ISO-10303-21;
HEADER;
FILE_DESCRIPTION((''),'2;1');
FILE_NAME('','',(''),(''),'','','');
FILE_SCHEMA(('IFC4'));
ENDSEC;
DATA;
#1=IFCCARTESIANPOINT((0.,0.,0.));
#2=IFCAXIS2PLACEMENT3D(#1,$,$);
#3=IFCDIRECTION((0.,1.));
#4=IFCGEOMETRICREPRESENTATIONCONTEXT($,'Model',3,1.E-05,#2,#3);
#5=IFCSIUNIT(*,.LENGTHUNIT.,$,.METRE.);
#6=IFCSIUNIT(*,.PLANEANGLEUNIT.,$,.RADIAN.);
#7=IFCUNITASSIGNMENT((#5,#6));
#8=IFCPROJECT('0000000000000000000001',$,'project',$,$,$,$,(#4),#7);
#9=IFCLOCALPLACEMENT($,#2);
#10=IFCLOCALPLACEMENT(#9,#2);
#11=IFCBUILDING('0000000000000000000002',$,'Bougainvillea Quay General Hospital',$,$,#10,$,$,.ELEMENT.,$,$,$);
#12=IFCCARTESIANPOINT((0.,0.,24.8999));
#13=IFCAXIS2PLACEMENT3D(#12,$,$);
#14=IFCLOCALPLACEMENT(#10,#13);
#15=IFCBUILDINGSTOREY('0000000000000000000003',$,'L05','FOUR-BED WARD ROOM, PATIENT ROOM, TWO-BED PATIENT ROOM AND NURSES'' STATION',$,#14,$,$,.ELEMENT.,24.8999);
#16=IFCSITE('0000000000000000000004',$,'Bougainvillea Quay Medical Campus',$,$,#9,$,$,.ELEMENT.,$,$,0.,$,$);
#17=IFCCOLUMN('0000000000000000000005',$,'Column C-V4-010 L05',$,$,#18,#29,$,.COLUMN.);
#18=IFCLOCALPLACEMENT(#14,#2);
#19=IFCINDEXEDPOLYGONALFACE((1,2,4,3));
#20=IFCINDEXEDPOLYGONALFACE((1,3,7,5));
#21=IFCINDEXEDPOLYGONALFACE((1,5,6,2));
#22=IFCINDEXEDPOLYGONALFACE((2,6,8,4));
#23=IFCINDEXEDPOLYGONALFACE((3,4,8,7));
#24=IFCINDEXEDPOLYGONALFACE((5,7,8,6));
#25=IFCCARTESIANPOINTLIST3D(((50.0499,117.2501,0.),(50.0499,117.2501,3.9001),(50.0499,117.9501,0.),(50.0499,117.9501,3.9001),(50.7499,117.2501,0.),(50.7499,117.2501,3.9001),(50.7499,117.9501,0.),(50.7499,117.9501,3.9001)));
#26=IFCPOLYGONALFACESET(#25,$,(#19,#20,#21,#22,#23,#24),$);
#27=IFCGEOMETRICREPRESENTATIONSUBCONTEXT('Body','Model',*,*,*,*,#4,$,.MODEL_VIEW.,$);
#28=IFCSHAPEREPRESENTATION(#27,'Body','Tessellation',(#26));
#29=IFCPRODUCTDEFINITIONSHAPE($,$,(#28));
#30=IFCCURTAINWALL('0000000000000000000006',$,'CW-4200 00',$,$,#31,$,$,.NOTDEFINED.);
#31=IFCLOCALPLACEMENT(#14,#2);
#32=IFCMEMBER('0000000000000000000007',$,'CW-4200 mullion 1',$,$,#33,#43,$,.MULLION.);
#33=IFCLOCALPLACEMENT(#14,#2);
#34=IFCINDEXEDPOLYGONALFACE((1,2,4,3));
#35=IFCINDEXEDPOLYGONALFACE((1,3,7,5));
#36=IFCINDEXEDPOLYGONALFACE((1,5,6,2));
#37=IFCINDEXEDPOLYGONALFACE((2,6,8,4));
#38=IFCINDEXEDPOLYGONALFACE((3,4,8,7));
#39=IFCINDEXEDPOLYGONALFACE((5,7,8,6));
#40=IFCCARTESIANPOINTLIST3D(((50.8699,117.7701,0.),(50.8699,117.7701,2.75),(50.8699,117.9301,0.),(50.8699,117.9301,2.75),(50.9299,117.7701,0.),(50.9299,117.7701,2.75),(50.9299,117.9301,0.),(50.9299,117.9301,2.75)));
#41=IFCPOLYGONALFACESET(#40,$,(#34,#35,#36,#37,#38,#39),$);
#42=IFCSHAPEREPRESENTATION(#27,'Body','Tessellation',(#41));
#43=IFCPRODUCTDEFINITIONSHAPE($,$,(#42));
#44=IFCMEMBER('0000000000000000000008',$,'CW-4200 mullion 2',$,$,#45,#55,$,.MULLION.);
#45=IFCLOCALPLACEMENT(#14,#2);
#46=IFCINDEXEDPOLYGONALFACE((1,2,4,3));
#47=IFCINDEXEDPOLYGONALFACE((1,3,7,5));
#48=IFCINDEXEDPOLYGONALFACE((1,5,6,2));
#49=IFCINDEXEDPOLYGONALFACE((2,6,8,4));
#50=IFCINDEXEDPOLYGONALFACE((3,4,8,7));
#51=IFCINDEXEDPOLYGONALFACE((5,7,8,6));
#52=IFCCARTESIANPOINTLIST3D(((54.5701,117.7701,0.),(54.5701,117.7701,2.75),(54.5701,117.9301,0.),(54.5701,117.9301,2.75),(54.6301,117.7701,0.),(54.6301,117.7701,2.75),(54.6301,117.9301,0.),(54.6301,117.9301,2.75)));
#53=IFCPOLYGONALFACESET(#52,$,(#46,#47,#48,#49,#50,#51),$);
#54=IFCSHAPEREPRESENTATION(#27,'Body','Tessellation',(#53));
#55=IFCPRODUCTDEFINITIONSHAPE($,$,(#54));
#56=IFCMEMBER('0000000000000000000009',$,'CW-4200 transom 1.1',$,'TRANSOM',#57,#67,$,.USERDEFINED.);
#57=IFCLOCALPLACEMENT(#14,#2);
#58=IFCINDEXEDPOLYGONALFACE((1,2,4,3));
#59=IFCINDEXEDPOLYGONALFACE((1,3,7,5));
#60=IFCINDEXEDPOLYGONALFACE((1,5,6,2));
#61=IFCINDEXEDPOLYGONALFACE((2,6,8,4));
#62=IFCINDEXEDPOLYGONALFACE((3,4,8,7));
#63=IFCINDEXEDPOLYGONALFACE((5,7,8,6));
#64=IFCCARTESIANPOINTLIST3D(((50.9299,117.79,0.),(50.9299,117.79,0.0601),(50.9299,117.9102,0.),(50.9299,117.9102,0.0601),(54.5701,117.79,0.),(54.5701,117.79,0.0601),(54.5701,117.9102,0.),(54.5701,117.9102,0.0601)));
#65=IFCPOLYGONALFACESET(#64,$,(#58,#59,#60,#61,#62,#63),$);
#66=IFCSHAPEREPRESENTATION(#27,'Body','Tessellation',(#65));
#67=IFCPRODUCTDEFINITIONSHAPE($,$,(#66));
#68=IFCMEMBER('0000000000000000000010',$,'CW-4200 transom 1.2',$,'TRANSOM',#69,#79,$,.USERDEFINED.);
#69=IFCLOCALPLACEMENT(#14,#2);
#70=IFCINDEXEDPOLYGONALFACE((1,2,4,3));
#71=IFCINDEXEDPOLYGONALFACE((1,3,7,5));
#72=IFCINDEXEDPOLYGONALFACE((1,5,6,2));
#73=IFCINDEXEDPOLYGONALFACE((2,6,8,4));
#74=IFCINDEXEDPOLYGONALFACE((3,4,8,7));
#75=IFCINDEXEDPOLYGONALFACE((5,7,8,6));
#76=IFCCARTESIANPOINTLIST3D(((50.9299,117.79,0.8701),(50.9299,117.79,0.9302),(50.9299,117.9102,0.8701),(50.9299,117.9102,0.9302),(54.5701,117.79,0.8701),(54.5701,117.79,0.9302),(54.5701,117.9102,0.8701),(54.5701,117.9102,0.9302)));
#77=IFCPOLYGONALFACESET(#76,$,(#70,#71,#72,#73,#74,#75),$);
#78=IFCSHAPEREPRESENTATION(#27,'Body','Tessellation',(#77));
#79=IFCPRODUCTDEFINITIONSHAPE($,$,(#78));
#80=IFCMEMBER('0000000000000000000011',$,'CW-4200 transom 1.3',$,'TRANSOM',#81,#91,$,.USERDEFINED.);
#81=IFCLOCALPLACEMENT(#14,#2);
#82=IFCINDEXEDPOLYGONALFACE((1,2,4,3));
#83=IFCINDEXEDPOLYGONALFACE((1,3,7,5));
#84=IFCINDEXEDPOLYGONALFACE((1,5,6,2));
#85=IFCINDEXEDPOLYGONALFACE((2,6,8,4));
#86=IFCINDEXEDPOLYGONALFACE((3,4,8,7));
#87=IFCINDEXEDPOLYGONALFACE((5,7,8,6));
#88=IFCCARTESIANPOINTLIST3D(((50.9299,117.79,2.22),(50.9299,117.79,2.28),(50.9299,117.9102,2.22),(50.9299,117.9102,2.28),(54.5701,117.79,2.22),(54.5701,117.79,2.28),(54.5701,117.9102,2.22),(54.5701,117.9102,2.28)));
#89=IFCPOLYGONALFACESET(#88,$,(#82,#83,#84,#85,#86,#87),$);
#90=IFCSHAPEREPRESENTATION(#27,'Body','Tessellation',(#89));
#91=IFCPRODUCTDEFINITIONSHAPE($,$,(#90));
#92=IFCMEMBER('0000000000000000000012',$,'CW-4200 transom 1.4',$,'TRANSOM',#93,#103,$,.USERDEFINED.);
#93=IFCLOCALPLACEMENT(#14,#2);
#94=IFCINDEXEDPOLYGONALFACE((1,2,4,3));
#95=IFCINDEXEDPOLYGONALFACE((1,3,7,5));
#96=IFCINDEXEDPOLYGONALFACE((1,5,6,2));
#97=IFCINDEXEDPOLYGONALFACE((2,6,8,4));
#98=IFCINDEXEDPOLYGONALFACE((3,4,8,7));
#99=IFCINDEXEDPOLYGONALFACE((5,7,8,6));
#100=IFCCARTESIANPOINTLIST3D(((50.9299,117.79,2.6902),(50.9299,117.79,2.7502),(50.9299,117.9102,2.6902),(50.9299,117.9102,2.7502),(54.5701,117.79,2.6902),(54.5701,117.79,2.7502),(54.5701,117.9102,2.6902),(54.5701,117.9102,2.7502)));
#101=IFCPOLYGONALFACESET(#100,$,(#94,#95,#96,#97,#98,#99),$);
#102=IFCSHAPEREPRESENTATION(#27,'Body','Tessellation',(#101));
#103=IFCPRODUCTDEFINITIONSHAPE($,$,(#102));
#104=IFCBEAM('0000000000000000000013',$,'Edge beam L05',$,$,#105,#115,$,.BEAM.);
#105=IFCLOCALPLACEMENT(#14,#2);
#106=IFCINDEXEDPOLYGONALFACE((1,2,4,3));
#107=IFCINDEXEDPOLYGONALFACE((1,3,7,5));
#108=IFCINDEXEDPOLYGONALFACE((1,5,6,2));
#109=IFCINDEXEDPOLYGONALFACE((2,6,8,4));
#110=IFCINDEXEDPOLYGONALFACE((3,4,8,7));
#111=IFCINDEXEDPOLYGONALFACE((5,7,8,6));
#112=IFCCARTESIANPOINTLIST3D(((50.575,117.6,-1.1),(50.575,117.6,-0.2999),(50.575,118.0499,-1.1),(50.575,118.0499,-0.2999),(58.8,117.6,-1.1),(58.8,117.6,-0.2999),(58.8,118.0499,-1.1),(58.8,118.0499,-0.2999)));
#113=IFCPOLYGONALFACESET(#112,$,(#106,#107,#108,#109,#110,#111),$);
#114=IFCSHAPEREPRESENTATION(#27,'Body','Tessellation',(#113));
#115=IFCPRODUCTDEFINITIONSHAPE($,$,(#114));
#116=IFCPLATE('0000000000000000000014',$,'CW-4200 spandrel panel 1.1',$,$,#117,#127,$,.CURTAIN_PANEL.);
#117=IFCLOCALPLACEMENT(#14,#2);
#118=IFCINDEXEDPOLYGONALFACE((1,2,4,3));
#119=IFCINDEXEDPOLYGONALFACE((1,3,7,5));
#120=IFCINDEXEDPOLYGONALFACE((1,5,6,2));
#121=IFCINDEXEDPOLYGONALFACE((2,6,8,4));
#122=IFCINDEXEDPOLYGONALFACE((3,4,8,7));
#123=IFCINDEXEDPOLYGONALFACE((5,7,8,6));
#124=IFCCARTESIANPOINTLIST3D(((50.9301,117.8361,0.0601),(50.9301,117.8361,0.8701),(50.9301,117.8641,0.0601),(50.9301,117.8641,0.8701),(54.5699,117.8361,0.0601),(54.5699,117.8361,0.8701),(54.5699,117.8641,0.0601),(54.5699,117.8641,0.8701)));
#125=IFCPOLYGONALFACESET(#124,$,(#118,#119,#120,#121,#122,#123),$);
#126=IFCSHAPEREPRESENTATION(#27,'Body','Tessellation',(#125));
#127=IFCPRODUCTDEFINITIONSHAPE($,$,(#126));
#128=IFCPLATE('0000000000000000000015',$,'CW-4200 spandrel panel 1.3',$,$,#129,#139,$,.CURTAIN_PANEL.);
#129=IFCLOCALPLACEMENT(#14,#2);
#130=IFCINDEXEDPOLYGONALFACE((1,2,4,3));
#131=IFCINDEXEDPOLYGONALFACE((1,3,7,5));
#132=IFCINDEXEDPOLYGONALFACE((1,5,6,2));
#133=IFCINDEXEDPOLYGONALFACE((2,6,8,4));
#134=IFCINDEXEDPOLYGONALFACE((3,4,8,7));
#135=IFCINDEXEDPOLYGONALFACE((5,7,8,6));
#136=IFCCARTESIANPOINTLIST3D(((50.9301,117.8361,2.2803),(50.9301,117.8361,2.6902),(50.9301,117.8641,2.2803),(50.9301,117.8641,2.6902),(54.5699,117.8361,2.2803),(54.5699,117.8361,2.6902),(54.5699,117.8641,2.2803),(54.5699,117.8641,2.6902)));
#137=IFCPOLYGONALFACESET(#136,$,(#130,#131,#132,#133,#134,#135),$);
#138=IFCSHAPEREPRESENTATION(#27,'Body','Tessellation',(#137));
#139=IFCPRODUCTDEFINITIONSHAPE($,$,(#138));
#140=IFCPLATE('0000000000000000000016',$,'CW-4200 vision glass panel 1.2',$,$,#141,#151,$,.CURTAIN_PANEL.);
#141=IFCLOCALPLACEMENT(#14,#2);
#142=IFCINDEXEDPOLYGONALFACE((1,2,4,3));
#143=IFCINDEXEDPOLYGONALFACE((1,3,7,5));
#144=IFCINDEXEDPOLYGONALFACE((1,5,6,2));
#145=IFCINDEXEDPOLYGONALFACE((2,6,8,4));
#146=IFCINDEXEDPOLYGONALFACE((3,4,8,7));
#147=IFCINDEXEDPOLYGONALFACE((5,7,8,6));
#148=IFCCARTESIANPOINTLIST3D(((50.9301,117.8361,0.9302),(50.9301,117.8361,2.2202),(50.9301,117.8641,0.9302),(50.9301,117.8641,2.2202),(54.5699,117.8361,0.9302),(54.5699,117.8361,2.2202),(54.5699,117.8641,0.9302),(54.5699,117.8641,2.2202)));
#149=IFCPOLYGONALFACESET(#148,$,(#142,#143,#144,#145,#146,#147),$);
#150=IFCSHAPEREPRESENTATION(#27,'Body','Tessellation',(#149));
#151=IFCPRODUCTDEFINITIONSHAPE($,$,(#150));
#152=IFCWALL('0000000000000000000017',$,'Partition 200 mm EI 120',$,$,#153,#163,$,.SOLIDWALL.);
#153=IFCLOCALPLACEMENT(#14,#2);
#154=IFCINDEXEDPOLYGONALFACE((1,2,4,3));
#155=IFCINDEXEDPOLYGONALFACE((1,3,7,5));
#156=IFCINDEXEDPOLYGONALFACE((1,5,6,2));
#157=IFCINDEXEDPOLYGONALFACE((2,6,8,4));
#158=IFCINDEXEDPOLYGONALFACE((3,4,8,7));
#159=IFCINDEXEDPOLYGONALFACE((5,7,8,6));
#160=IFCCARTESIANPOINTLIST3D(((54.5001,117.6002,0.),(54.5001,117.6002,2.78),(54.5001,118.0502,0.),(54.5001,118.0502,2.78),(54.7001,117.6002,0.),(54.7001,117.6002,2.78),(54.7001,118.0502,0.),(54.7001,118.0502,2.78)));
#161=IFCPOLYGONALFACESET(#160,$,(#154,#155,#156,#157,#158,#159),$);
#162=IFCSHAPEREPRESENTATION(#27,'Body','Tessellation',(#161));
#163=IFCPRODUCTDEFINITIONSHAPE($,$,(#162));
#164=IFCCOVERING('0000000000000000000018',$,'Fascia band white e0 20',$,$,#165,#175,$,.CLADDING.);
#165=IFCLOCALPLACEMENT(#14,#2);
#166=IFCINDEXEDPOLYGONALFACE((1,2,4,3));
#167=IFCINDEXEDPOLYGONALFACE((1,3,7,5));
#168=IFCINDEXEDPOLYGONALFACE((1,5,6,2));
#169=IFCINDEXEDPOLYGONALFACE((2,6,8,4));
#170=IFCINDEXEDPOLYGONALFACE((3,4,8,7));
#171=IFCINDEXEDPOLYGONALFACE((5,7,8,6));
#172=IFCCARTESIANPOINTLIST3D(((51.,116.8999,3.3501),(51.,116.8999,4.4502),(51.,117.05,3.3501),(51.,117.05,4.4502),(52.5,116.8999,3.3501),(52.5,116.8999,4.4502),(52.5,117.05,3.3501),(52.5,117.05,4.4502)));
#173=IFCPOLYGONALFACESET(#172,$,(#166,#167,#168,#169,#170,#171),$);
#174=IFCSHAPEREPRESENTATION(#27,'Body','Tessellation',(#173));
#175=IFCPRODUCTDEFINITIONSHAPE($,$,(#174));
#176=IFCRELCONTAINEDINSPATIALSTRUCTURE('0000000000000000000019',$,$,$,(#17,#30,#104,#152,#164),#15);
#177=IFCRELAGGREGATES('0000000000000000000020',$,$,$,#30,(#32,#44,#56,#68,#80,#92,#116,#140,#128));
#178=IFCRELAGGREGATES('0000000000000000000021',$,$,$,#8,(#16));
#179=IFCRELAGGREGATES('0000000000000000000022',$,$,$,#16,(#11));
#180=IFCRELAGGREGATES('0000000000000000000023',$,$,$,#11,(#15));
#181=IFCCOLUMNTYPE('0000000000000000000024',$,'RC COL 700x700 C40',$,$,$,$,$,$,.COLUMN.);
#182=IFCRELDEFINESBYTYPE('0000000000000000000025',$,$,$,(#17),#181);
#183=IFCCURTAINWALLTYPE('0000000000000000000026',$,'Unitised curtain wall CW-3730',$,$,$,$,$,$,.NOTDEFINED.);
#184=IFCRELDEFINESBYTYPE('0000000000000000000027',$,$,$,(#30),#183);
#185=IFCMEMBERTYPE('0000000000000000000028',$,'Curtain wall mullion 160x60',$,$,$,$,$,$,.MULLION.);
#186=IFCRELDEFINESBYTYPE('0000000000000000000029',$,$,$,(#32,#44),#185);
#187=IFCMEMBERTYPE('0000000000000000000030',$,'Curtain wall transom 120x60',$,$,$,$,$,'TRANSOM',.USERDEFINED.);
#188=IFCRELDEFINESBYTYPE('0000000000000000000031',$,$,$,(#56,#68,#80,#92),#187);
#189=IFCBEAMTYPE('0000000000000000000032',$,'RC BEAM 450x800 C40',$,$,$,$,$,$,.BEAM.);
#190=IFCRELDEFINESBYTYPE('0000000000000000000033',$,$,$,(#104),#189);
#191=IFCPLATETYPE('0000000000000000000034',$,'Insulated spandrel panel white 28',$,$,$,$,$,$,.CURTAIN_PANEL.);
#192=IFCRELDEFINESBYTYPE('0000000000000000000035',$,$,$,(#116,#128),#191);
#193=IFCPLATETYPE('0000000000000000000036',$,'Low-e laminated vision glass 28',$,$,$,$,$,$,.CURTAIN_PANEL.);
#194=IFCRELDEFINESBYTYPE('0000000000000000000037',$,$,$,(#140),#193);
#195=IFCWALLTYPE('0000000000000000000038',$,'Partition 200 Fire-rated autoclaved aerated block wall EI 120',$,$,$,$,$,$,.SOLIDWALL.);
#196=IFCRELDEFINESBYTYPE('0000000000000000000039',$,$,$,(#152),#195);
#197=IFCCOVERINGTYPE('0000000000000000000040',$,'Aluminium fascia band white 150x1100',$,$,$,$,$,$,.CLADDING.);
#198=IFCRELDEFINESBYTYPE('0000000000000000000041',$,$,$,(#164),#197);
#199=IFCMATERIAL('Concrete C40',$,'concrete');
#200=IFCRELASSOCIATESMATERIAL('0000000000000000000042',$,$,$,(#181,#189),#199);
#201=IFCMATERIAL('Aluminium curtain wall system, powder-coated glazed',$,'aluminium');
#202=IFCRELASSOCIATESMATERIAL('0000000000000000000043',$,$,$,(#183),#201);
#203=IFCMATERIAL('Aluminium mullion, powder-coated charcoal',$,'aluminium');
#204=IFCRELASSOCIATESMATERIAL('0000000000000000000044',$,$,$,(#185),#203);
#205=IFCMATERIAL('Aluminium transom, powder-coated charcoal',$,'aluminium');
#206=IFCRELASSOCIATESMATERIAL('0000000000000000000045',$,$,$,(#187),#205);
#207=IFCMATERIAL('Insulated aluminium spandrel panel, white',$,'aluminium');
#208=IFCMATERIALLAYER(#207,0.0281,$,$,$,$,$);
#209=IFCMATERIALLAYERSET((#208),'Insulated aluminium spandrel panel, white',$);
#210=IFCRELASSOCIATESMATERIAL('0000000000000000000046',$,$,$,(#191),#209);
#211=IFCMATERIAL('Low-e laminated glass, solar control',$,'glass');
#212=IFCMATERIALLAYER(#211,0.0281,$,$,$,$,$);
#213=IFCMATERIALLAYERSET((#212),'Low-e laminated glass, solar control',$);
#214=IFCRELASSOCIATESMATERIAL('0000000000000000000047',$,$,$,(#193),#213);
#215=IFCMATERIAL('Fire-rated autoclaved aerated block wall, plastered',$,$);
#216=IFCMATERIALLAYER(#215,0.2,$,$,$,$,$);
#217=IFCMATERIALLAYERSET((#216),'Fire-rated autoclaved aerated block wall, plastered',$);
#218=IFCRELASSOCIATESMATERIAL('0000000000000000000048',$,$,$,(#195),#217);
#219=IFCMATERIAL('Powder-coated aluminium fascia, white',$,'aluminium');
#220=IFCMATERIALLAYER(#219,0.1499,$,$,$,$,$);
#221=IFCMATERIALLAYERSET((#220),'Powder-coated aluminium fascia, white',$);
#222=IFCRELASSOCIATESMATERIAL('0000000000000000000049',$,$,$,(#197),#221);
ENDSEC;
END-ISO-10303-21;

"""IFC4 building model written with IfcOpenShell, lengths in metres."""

from ifc_helpers import new_model, si_unit, direction, frame, frame_2d, origin, origin_2d, place, context, subcontext, project, spatial, polyline, rectangle, outline, extrude, material, layer, layer_set, material_profile, profile_set, type_object, element, aggregate, save


model = new_model("IFC4")

# Units and contexts
model_context = context("Model", 3, precision=1e-05, world=origin(), true_north=direction((0.0, 1.0)))
body_context = subcontext(model_context, "Body", "Model", "MODEL_VIEW")
ifc_project = project(units=[si_unit("LENGTHUNIT", "METRE"), si_unit("PLANEANGLEUNIT", "RADIAN")], contexts=[model_context])

# Site, building, storey
site_placement = place(None, origin())
site = spatial("IfcSite", under=ifc_project, at=site_placement, Name="Bougainvillea Quay Medical Campus", CompositionType="ELEMENT", RefElevation=0.0)
building_placement = place(site_placement, origin())
building = spatial("IfcBuilding", under=site, at=building_placement, Name="Bougainvillea Quay General Hospital", CompositionType="ELEMENT")
storey_placement = place(building_placement, frame((0.0, 0.0, 24.8999)))
storey = spatial("IfcBuildingStorey", under=building, at=storey_placement, Name="L05", Description="FOUR-BED WARD ROOM, PATIENT ROOM, TWO-BED PATIENT ROOM AND NURSES' STATION", CompositionType="ELEMENT", Elevation=24.8999)

# Column
ifc_material_1 = material(Name="Concrete C40", Category="concrete")
ifc_material_profile_1 = material_profile(ifc_material_1, rectangle(XDim=0.7, YDim=0.7, at=origin_2d()))
ifc_profile_set_1 = profile_set([ifc_material_profile_1], Name="Concrete C40")
column_type = type_object("IfcColumnType", Name="RC COL 700x700 C40", PredefinedType="COLUMN", material=ifc_profile_set_1)
column_placement = place(storey_placement, frame((50.3999, 117.6001, 0.0), z_axis=(0.0, 0.0, 1.0), x_axis=(1.0, 0.0, 0.0)))
element("IfcColumn", 1, at=column_placement, inside=storey, type_object=column_type, Name="Column C-V4-010 L05", PredefinedType="COLUMN", context=body_context, shape_type="SweptSolid", body=[
    extrude(rectangle(XDim=0.7, YDim=0.7, at=origin_2d()), origin(), (0.0, 0.0, 1.0), 3.9001),
])

# Curtain wall, members
ifc_material_2 = material(Name="Aluminium curtain wall system, powder-coated glazed", Category="aluminium")
curtain_wall_type = type_object("IfcCurtainWallType", Name="Unitised curtain wall CW-3730", PredefinedType="NOTDEFINED", material=ifc_material_2)
curtain_wall_placement = place(storey_placement, origin())
curtain_wall = element("IfcCurtainWall", 2, at=curtain_wall_placement, inside=storey, type_object=curtain_wall_type, Name="CW-4200 00", PredefinedType="NOTDEFINED")
ifc_material_3 = material(Name="Aluminium mullion, powder-coated charcoal", Category="aluminium")
ifc_material_profile_2 = material_profile(ifc_material_3, rectangle(XDim=0.1599, YDim=0.0601, at=origin_2d()))
ifc_profile_set_2 = profile_set([ifc_material_profile_2], Name="Aluminium mullion, powder-coated charcoal")
member_type_1 = type_object("IfcMemberType", Name="Curtain wall mullion 160x60", PredefinedType="MULLION", material=ifc_profile_set_2)
member_1_placement = place(storey_placement, frame((50.8999, 117.8501, 0.0), z_axis=(0.0, 0.0, 1.0), x_axis=(0.0, 1.0, 0.0)))
member_1 = element("IfcMember", 3, at=member_1_placement, type_object=member_type_1, Name="CW-4200 mullion 1", PredefinedType="MULLION", context=body_context, shape_type="SweptSolid", body=[
    extrude(rectangle(XDim=0.1599, YDim=0.0601, at=origin_2d()), origin(), (0.0, 0.0, 1.0), 2.75),
])
member_2_placement = place(storey_placement, frame((54.6001, 117.8501, 0.0), z_axis=(0.0, 0.0, 1.0), x_axis=(0.0, 1.0, 0.0)))
member_2 = element("IfcMember", 4, at=member_2_placement, type_object=member_type_1, Name="CW-4200 mullion 2", PredefinedType="MULLION", context=body_context, shape_type="SweptSolid", body=[
    extrude(rectangle(XDim=0.1599, YDim=0.0601, at=origin_2d()), origin(), (0.0, 0.0, 1.0), 2.75),
])
ifc_material_4 = material(Name="Aluminium transom, powder-coated charcoal", Category="aluminium")
ifc_material_profile_3 = material_profile(ifc_material_4, rectangle(XDim=0.1201, YDim=0.0601, at=origin_2d()))
ifc_profile_set_3 = profile_set([ifc_material_profile_3], Name="Aluminium transom, powder-coated charcoal")
member_type_2 = type_object("IfcMemberType", Name="Curtain wall transom 120x60", ElementType="TRANSOM", PredefinedType="USERDEFINED", material=ifc_profile_set_3)
member_3_placement = place(storey_placement, frame((50.9299, 117.8501, 0.03), z_axis=(1.0, 0.0, 0.0), x_axis=(0.0, 1.0, 0.0)))
member_3 = element("IfcMember", 5, at=member_3_placement, type_object=member_type_2, Name="CW-4200 transom 1.1", ObjectType="TRANSOM", PredefinedType="USERDEFINED", context=body_context, shape_type="SweptSolid", body=[
    extrude(rectangle(XDim=0.1201, YDim=0.0601, at=origin_2d()), origin(), (0.0, 0.0, 1.0), 3.6401),
])
member_4_placement = place(storey_placement, frame((50.9299, 117.8501, 0.9001), z_axis=(1.0, 0.0, 0.0), x_axis=(0.0, 1.0, 0.0)))
member_4 = element("IfcMember", 6, at=member_4_placement, type_object=member_type_2, Name="CW-4200 transom 1.2", ObjectType="TRANSOM", PredefinedType="USERDEFINED", context=body_context, shape_type="SweptSolid", body=[
    extrude(rectangle(XDim=0.1201, YDim=0.0601, at=origin_2d()), origin(), (0.0, 0.0, 1.0), 3.6401),
])
member_5_placement = place(storey_placement, frame((50.9299, 117.8501, 2.25), z_axis=(1.0, 0.0, 0.0), x_axis=(0.0, 1.0, 0.0)))
member_5 = element("IfcMember", 7, at=member_5_placement, type_object=member_type_2, Name="CW-4200 transom 1.3", ObjectType="TRANSOM", PredefinedType="USERDEFINED", context=body_context, shape_type="SweptSolid", body=[
    extrude(rectangle(XDim=0.1201, YDim=0.0601, at=origin_2d()), origin(), (0.0, 0.0, 1.0), 3.6401),
])
member_6_placement = place(storey_placement, frame((50.9299, 117.8501, 2.7202), z_axis=(1.0, 0.0, 0.0), x_axis=(0.0, 1.0, 0.0)))
member_6 = element("IfcMember", 8, at=member_6_placement, type_object=member_type_2, Name="CW-4200 transom 1.4", ObjectType="TRANSOM", PredefinedType="USERDEFINED", context=body_context, shape_type="SweptSolid", body=[
    extrude(rectangle(XDim=0.1201, YDim=0.0601, at=origin_2d()), origin(), (0.0, 0.0, 1.0), 3.6401),
])

# Beam
ifc_material_profile_4 = material_profile(ifc_material_1, rectangle(XDim=0.45, YDim=0.8, at=origin_2d()))
ifc_profile_set_4 = profile_set([ifc_material_profile_4], Name="Concrete C40")
beam_type = type_object("IfcBeamType", Name="RC BEAM 450x800 C40", PredefinedType="BEAM", material=ifc_profile_set_4)
beam_placement = place(storey_placement, frame((50.575, 117.825, -0.7), z_axis=(1.0, 0.0, 0.0), x_axis=(0.0, 1.0, 0.0)))
element("IfcBeam", 9, at=beam_placement, inside=storey, type_object=beam_type, Name="Edge beam L05", PredefinedType="BEAM", context=body_context, shape_type="SweptSolid", body=[
    extrude(rectangle(XDim=0.45, YDim=0.8, at=origin_2d()), origin(), (0.0, 0.0, 1.0), 8.2251),
])

# Plates
ifc_material_5 = material(Name="Insulated aluminium spandrel panel, white", Category="aluminium")
ifc_layer_1 = layer(ifc_material_5, 0.0281)
ifc_layer_set_1 = layer_set([ifc_layer_1], Name="Insulated aluminium spandrel panel, white")
plate_type_1 = type_object("IfcPlateType", Name="Insulated spandrel panel white 28", PredefinedType="CURTAIN_PANEL", material=ifc_layer_set_1)
plate_1_placement = place(storey_placement, frame((52.75, 117.8501, 0.0601), z_axis=(0.0, 0.0, 1.0), x_axis=(1.0, 0.0, 0.0)))
plate_1 = element("IfcPlate", 10, at=plate_1_placement, type_object=plate_type_1, Name="CW-4200 spandrel panel 1.1", PredefinedType="CURTAIN_PANEL", context=body_context, shape_type="SweptSolid", body=[
    extrude(rectangle(XDim=3.6399, YDim=0.0281, at=origin_2d()), origin(), (0.0, 0.0, 1.0), 0.8101),
])
plate_2_placement = place(storey_placement, frame((52.75, 117.8501, 2.2803), z_axis=(0.0, 0.0, 1.0), x_axis=(1.0, 0.0, 0.0)))
plate_2 = element("IfcPlate", 11, at=plate_2_placement, type_object=plate_type_1, Name="CW-4200 spandrel panel 1.3", PredefinedType="CURTAIN_PANEL", context=body_context, shape_type="SweptSolid", body=[
    extrude(rectangle(XDim=3.6399, YDim=0.0281, at=origin_2d()), origin(), (0.0, 0.0, 1.0), 0.4099),
])
ifc_material_6 = material(Name="Low-e laminated glass, solar control", Category="glass")
ifc_layer_2 = layer(ifc_material_6, 0.0281)
ifc_layer_set_2 = layer_set([ifc_layer_2], Name="Low-e laminated glass, solar control")
plate_type_2 = type_object("IfcPlateType", Name="Low-e laminated vision glass 28", PredefinedType="CURTAIN_PANEL", material=ifc_layer_set_2)
plate_3_placement = place(storey_placement, frame((52.75, 117.8501, 0.9302), z_axis=(0.0, 0.0, 1.0), x_axis=(1.0, 0.0, 0.0)))
plate_3 = element("IfcPlate", 12, at=plate_3_placement, type_object=plate_type_2, Name="CW-4200 vision glass panel 1.2", PredefinedType="CURTAIN_PANEL", context=body_context, shape_type="SweptSolid", body=[
    extrude(rectangle(XDim=3.6399, YDim=0.0281, at=origin_2d()), origin(), (0.0, 0.0, 1.0), 1.29),
])
aggregate(curtain_wall, [member_1, member_2, member_3, member_4, member_5, member_6, plate_1, plate_3, plate_2])

# Wall
ifc_material_7 = material(Name="Fire-rated autoclaved aerated block wall, plastered")
ifc_layer_3 = layer(ifc_material_7, 0.2)
ifc_layer_set_3 = layer_set([ifc_layer_3], Name="Fire-rated autoclaved aerated block wall, plastered")
wall_type = type_object("IfcWallType", Name="Partition 200 Fire-rated autoclaved aerated block wall EI 120", PredefinedType="SOLIDWALL", material=ifc_layer_set_3)
wall_placement = place(storey_placement, frame((54.6001, 117.6001, 0.0), z_axis=(0.0, 0.0, 1.0), x_axis=(0.0, 1.0, 0.0)))
element("IfcWall", 13, at=wall_placement, inside=storey, type_object=wall_type, Name="Partition 200 mm EI 120", PredefinedType="SOLIDWALL", context=body_context, shape_type="SweptSolid", body=[
    extrude(rectangle(XDim=0.45, YDim=0.2, at=frame_2d((0.2251, 0.0))), origin(), (0.0, 0.0, 1.0), 2.78),
])

# Covering
ifc_material_8 = material(Name="Powder-coated aluminium fascia, white", Category="aluminium")
ifc_layer_4 = layer(ifc_material_8, 0.1499)
ifc_layer_set_4 = layer_set([ifc_layer_4], Name="Powder-coated aluminium fascia, white")
covering_type = type_object("IfcCoveringType", Name="Aluminium fascia band white 150x1100", PredefinedType="CLADDING", material=ifc_layer_set_4)
for number, where, z_axis, x_axis, name in (
    (14, (51.0, 117.05, 3.3501), (0.0, 0.0, 1.0), (1.0, 0.0, 0.0), "Fascia band white e0 20"),
):
    element("IfcCovering", number, at=place(storey_placement, frame(where, z_axis=z_axis, x_axis=x_axis)), inside=storey, type_object=covering_type, Name=name, PredefinedType="CLADDING", context=body_context, shape_type="SweptSolid", body=[
        extrude(outline(polyline([(0.0, 0.0), (1.5, 0.0), (1.5, -0.1501), (0.0, -0.1501), (0.0, 0.0)])), origin(), (0.0, 0.0, 1.0), 1.1001),
    ])

save(model, "model.ifc")
